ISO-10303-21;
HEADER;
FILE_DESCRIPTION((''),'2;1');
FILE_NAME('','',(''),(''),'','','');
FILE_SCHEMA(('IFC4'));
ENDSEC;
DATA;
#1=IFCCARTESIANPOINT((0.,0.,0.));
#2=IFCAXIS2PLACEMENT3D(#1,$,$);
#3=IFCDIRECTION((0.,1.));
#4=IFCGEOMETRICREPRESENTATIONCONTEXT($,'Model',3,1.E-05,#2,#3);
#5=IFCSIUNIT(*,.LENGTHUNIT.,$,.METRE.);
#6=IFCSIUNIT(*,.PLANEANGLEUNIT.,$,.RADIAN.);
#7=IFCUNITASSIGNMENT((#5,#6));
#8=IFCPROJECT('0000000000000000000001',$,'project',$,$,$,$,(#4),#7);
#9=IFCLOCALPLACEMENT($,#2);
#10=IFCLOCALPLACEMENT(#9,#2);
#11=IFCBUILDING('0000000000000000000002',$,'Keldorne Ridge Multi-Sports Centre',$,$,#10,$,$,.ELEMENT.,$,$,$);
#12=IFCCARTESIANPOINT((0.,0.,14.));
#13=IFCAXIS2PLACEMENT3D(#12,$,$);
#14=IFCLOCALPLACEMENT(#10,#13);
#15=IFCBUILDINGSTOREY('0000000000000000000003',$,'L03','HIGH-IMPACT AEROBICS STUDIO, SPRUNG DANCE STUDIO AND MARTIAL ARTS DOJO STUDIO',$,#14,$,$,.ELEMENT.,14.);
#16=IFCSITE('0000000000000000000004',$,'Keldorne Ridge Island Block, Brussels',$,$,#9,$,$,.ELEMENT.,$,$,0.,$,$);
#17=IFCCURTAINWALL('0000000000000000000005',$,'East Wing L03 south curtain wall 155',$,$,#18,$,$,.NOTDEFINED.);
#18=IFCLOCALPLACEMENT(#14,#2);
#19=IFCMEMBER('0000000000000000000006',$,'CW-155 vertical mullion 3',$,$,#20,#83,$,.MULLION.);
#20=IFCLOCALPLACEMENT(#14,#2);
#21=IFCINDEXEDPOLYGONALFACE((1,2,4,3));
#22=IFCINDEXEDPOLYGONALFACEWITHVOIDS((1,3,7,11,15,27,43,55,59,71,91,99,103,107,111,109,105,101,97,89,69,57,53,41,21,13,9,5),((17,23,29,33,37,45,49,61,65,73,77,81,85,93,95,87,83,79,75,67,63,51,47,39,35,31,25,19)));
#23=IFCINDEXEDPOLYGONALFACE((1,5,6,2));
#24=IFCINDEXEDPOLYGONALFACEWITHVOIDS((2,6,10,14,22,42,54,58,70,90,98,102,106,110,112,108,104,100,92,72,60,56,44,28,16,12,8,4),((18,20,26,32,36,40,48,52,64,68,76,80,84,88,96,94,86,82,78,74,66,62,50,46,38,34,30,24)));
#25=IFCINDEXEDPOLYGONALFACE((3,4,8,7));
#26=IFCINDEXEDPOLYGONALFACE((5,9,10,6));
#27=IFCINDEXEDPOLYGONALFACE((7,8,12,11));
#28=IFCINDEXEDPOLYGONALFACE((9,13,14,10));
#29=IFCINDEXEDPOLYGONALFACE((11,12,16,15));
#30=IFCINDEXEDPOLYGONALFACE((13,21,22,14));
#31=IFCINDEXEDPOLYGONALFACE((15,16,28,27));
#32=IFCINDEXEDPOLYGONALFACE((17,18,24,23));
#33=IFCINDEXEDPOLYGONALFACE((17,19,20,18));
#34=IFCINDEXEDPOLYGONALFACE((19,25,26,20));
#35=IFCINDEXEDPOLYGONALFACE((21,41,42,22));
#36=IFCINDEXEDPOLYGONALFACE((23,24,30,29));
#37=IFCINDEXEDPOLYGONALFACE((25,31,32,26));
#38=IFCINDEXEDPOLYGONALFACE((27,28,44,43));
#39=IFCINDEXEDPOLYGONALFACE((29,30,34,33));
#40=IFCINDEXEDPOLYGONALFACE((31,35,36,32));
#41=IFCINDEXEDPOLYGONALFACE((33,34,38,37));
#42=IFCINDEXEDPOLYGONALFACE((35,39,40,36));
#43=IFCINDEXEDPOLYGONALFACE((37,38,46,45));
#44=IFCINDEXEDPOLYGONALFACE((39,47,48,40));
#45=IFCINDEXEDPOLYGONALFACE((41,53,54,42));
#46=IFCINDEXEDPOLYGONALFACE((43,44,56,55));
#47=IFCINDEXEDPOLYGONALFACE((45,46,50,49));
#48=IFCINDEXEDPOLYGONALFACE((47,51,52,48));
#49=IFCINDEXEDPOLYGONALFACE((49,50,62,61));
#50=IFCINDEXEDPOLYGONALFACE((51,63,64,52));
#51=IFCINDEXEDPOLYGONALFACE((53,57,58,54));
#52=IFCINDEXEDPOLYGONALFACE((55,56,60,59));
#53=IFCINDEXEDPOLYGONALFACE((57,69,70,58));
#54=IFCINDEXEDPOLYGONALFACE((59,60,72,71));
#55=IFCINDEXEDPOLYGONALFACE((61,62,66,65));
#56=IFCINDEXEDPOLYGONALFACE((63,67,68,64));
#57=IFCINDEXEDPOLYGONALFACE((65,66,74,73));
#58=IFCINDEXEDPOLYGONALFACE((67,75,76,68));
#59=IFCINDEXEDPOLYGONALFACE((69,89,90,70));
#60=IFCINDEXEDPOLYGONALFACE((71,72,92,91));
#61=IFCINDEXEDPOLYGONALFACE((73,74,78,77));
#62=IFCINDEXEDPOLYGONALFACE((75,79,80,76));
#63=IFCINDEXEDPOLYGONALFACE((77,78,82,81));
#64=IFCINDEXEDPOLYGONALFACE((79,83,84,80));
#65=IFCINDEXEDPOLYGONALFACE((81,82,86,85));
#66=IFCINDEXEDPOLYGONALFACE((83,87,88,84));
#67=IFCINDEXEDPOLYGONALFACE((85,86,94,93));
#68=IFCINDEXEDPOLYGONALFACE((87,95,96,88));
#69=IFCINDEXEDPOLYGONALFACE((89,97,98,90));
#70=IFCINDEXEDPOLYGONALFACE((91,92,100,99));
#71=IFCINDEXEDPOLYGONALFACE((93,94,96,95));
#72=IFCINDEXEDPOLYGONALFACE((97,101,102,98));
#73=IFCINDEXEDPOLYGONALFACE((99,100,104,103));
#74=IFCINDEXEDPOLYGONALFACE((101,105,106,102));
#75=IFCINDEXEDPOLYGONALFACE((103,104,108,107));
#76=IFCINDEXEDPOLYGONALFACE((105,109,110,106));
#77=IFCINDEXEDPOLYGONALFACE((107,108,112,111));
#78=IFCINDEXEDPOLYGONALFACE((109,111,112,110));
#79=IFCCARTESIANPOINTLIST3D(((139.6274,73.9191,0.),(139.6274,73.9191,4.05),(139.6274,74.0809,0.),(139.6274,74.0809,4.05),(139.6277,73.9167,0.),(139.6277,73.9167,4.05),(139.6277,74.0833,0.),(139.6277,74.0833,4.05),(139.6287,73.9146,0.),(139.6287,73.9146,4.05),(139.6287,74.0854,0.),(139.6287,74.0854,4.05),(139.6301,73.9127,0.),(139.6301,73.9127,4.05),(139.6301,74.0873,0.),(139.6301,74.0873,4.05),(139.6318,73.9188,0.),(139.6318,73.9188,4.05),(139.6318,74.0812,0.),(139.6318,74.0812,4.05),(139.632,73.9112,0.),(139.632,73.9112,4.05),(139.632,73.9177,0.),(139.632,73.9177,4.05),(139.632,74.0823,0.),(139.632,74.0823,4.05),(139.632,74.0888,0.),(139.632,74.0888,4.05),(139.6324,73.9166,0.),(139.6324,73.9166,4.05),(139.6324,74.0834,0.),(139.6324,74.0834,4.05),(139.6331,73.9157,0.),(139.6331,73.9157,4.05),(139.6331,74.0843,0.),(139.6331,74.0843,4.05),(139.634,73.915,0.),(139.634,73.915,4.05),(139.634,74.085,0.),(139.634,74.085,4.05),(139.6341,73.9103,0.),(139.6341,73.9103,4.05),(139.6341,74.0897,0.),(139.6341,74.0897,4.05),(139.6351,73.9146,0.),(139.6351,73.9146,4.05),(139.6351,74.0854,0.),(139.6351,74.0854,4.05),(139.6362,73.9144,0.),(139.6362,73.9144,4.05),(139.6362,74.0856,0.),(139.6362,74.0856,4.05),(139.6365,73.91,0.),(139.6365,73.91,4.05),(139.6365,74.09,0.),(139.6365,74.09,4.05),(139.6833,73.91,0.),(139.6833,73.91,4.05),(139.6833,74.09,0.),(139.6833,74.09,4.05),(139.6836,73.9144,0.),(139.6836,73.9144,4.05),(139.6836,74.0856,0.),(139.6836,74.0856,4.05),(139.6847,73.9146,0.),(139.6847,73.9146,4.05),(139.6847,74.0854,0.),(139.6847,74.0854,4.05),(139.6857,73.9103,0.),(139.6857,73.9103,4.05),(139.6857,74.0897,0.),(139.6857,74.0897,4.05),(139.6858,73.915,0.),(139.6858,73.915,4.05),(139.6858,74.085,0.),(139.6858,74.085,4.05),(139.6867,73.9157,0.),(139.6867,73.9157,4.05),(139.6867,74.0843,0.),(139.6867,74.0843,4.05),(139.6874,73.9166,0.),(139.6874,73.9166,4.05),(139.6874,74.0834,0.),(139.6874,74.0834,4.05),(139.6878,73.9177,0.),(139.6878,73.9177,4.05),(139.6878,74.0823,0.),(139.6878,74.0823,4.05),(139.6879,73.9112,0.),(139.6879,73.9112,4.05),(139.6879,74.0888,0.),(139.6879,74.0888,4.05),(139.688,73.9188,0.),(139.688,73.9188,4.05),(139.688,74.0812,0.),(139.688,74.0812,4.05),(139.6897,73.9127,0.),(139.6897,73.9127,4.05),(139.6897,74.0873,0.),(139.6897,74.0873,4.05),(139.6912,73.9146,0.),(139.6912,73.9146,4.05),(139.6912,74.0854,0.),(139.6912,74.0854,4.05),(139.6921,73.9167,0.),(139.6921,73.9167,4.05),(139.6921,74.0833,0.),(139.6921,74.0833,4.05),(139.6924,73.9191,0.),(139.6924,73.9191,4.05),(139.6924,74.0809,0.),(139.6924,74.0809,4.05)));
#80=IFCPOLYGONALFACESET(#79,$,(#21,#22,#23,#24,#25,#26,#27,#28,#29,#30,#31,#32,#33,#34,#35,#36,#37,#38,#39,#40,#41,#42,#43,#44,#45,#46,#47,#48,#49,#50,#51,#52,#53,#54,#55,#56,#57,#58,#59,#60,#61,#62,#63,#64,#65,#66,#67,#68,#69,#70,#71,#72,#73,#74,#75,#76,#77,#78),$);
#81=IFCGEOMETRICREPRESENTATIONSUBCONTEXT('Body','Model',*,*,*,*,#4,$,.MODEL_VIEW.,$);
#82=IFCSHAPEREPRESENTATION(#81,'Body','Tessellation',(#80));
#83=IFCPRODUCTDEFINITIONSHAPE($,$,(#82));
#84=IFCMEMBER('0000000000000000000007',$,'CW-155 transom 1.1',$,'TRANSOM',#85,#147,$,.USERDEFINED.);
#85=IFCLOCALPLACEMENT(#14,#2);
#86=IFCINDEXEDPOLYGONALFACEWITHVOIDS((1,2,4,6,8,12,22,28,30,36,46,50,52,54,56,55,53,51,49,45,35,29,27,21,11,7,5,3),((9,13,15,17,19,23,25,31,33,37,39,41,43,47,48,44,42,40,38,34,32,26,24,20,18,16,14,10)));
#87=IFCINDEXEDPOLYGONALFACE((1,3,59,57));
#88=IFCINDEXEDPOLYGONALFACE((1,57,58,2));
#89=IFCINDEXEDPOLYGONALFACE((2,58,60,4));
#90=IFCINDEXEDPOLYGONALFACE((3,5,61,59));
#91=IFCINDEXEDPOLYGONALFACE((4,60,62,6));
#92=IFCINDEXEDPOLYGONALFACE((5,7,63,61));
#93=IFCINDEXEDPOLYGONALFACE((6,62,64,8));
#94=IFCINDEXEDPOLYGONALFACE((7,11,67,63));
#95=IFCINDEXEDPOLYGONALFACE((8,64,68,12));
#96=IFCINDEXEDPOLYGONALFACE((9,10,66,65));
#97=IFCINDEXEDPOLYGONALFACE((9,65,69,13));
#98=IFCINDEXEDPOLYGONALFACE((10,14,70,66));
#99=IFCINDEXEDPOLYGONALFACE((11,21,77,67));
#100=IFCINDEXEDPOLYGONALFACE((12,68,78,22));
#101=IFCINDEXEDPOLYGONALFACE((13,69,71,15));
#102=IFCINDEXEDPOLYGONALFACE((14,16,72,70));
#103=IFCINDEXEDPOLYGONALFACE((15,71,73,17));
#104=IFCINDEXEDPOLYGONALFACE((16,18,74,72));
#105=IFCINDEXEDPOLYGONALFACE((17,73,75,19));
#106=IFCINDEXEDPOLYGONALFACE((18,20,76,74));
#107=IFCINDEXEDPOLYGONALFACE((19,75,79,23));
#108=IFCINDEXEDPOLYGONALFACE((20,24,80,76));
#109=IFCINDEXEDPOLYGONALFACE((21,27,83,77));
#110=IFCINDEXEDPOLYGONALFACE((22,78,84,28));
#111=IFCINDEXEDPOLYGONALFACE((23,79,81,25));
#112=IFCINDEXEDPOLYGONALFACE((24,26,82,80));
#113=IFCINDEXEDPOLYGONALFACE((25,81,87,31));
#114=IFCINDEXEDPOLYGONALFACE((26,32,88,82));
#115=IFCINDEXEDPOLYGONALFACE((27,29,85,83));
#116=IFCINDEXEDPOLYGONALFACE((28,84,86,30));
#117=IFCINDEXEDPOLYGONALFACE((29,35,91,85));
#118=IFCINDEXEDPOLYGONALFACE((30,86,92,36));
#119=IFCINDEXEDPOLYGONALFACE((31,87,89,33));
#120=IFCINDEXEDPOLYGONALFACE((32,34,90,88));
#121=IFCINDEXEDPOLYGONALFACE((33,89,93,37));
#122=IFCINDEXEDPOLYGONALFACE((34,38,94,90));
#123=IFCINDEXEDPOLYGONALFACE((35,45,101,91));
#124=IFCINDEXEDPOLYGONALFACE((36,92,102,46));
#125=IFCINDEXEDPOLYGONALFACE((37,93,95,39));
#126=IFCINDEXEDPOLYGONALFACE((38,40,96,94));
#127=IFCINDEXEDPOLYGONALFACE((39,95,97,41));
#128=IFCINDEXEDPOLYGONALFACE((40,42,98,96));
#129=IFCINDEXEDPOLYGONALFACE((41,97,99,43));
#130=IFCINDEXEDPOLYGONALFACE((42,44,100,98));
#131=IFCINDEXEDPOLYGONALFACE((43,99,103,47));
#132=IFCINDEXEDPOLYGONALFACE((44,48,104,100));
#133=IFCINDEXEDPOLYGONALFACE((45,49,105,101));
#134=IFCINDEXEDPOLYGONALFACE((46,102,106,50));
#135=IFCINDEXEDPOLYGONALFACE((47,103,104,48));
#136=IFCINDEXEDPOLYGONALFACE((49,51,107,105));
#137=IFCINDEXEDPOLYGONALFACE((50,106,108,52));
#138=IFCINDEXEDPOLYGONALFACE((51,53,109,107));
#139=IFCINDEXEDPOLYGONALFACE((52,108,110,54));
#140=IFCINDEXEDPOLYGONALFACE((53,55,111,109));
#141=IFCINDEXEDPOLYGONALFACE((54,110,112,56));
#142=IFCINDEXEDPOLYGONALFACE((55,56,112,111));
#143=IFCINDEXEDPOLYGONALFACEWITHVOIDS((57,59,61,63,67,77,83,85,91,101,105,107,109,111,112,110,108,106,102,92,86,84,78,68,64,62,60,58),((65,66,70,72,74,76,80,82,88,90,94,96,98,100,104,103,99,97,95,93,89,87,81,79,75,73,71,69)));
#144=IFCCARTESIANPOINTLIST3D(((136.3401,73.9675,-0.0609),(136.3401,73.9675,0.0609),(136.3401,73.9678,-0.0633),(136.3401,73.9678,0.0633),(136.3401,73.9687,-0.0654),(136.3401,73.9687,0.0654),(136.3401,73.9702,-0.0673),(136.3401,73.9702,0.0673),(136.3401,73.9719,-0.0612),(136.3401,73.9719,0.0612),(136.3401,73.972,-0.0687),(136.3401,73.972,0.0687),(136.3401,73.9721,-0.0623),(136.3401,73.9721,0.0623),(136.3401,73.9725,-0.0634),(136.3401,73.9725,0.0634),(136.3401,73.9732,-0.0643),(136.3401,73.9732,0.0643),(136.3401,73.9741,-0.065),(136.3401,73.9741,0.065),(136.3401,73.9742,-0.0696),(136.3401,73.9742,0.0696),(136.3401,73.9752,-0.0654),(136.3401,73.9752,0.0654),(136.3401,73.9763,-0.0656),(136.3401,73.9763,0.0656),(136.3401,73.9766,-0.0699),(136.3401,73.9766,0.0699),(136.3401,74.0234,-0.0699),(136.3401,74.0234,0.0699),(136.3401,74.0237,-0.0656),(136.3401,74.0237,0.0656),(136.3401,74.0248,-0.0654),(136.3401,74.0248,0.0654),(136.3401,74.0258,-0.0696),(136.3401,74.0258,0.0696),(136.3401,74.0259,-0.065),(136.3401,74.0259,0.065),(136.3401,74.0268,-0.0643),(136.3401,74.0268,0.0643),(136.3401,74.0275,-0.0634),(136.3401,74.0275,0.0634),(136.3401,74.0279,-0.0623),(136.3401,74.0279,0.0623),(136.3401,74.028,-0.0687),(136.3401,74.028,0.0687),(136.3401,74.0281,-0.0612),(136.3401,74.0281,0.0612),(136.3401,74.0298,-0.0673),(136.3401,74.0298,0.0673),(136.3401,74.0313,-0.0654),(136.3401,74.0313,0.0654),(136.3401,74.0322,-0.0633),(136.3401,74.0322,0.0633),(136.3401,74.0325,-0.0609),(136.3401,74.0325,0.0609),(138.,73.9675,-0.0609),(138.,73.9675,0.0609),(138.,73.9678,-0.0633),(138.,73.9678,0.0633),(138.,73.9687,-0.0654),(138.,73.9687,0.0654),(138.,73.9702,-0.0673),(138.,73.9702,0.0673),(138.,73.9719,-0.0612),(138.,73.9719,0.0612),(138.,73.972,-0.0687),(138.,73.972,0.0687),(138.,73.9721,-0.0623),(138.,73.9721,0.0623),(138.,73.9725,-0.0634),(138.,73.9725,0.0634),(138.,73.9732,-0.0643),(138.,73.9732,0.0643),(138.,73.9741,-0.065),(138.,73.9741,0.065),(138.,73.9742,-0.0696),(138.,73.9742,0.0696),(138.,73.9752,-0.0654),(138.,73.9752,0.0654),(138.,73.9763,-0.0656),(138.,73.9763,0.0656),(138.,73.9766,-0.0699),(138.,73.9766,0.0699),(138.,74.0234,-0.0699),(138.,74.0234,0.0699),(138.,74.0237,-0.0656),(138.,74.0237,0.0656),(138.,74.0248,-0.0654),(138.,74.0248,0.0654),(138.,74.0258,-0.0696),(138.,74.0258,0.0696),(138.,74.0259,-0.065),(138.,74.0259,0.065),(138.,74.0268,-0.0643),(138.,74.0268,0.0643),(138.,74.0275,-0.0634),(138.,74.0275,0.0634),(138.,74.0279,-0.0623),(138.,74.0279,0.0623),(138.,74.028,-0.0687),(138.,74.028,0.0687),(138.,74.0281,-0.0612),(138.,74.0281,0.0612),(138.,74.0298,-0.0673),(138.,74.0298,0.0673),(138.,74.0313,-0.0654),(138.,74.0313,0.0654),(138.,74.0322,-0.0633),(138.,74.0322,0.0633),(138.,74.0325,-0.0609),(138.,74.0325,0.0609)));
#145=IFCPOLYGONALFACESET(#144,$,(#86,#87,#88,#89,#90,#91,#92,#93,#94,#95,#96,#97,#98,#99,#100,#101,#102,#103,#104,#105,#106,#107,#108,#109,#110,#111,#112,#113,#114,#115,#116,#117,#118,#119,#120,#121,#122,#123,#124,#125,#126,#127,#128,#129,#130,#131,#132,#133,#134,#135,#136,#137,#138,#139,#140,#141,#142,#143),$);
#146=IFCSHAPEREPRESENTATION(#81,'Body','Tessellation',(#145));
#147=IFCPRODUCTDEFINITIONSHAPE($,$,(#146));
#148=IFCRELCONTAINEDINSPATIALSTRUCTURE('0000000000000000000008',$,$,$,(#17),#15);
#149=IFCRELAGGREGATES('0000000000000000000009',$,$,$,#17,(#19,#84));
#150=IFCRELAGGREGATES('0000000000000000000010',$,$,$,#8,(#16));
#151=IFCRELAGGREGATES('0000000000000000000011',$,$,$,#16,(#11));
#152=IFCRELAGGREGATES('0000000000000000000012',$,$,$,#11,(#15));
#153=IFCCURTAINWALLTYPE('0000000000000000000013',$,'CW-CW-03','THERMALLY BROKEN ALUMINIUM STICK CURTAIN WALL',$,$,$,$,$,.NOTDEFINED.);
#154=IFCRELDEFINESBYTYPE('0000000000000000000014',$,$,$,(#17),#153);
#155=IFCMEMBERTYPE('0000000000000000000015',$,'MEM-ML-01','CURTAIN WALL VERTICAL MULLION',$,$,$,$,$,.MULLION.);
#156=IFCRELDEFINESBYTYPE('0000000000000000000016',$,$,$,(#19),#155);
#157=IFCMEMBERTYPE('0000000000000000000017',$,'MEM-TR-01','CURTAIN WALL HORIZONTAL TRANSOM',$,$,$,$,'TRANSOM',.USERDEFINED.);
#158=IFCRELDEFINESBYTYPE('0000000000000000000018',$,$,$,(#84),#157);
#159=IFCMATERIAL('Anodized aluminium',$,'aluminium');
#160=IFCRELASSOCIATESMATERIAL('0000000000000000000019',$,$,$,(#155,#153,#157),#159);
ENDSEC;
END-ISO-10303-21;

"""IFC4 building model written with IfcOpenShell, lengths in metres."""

from ifc_helpers import new_model, si_unit, direction, frame, origin, origin_2d, place, context, subcontext, project, spatial, hollow_rectangle, extrude, material, material_profile, profile_set, type_object, element, aggregate, save


model = new_model("IFC4")

# Units and contexts
model_context = context("Model", 3, precision=1e-05, world=origin(), true_north=direction((0.0, 1.0)))
body_context = subcontext(model_context, "Body", "Model", "MODEL_VIEW")
ifc_project = project(units=[si_unit("LENGTHUNIT", "METRE"), si_unit("PLANEANGLEUNIT", "RADIAN")], contexts=[model_context])

# Site, building, storey
site_placement = place(None, origin())
site = spatial("IfcSite", under=ifc_project, at=site_placement, Name="Keldorne Ridge Island Block, Brussels", CompositionType="ELEMENT", RefElevation=0.0)
building_placement = place(site_placement, origin())
building = spatial("IfcBuilding", under=site, at=building_placement, Name="Keldorne Ridge Multi-Sports Centre", CompositionType="ELEMENT")
storey_placement = place(building_placement, frame((0.0, 0.0, 14.0)))
storey = spatial("IfcBuildingStorey", under=building, at=storey_placement, Name="L03", Description="HIGH-IMPACT AEROBICS STUDIO, SPRUNG DANCE STUDIO AND MARTIAL ARTS DOJO STUDIO", CompositionType="ELEMENT", Elevation=14.0)

# Shared definitions
ifc_material_1 = material(Name="Anodized aluminium", Category="aluminium")
ifc_material_profile_1 = material_profile(ifc_material_1, hollow_rectangle(XDim=0.0649, YDim=0.1799, WallThickness=0.0044, InnerFilletRadius=0.0044, OuterFilletRadius=0.009, at=origin_2d()), Name="ALU MULLION 180x65x4.5")
ifc_profile_set_1 = profile_set([ifc_material_profile_1], Name="Anodized aluminium")
member_type_1 = type_object("IfcMemberType", Name="MEM-ML-01", Description="CURTAIN WALL VERTICAL MULLION", PredefinedType="MULLION", material=ifc_profile_set_1)

# Curtain wall, members
curtain_wall_type_1 = type_object("IfcCurtainWallType", Name="CW-CW-03", Description="THERMALLY BROKEN ALUMINIUM STICK CURTAIN WALL", PredefinedType="NOTDEFINED", material=ifc_material_1)
curtain_wall_1_placement = place(storey_placement, origin())
curtain_wall_1 = element("IfcCurtainWall", 1, at=curtain_wall_1_placement, inside=storey, type_object=curtain_wall_type_1, Name="East Wing L03 south curtain wall 155", PredefinedType="NOTDEFINED")
member_1_placement = place(storey_placement, frame((139.6599, 74.0, 0.0), z_axis=(0.0, 0.0, 1.0), x_axis=(1.0, 0.0, 0.0)))
member_1 = element("IfcMember", 2, at=member_1_placement, type_object=member_type_1, Name="CW-155 vertical mullion 3", PredefinedType="MULLION", context=body_context, shape_type="SweptSolid", body=[
    extrude(hollow_rectangle(XDim=0.0649, YDim=0.1799, WallThickness=0.0044, InnerFilletRadius=0.0044, OuterFilletRadius=0.009, at=origin_2d()), origin(), (0.0, 0.0, 1.0), 4.05),
])
ifc_material_profile_2 = material_profile(ifc_material_1, hollow_rectangle(XDim=0.0649, YDim=0.1399, WallThickness=0.0044, InnerFilletRadius=0.0044, OuterFilletRadius=0.009, at=origin_2d()), Name="ALU TRANSOM 140x65x4.5")
ifc_profile_set_2 = profile_set([ifc_material_profile_2], Name="Anodized aluminium")
member_type_2 = type_object("IfcMemberType", Name="MEM-TR-01", Description="CURTAIN WALL HORIZONTAL TRANSOM", ElementType="TRANSOM", PredefinedType="USERDEFINED", material=ifc_profile_set_2)
member_2_placement = place(storey_placement, frame((136.3401, 74.0, 0.0), z_axis=(1.0, 0.0, 0.0), x_axis=(0.0, 1.0, 0.0)))
member_2 = element("IfcMember", 3, at=member_2_placement, type_object=member_type_2, Name="CW-155 transom 1.1", ObjectType="TRANSOM", PredefinedType="USERDEFINED", context=body_context, shape_type="SweptSolid", body=[
    extrude(hollow_rectangle(XDim=0.0649, YDim=0.1399, WallThickness=0.0044, InnerFilletRadius=0.0044, OuterFilletRadius=0.009, at=origin_2d()), origin(), (0.0, 0.0, 1.0), 1.6599),
])
aggregate(curtain_wall_1, [member_1, member_2])

save(model, "model.ifc")
